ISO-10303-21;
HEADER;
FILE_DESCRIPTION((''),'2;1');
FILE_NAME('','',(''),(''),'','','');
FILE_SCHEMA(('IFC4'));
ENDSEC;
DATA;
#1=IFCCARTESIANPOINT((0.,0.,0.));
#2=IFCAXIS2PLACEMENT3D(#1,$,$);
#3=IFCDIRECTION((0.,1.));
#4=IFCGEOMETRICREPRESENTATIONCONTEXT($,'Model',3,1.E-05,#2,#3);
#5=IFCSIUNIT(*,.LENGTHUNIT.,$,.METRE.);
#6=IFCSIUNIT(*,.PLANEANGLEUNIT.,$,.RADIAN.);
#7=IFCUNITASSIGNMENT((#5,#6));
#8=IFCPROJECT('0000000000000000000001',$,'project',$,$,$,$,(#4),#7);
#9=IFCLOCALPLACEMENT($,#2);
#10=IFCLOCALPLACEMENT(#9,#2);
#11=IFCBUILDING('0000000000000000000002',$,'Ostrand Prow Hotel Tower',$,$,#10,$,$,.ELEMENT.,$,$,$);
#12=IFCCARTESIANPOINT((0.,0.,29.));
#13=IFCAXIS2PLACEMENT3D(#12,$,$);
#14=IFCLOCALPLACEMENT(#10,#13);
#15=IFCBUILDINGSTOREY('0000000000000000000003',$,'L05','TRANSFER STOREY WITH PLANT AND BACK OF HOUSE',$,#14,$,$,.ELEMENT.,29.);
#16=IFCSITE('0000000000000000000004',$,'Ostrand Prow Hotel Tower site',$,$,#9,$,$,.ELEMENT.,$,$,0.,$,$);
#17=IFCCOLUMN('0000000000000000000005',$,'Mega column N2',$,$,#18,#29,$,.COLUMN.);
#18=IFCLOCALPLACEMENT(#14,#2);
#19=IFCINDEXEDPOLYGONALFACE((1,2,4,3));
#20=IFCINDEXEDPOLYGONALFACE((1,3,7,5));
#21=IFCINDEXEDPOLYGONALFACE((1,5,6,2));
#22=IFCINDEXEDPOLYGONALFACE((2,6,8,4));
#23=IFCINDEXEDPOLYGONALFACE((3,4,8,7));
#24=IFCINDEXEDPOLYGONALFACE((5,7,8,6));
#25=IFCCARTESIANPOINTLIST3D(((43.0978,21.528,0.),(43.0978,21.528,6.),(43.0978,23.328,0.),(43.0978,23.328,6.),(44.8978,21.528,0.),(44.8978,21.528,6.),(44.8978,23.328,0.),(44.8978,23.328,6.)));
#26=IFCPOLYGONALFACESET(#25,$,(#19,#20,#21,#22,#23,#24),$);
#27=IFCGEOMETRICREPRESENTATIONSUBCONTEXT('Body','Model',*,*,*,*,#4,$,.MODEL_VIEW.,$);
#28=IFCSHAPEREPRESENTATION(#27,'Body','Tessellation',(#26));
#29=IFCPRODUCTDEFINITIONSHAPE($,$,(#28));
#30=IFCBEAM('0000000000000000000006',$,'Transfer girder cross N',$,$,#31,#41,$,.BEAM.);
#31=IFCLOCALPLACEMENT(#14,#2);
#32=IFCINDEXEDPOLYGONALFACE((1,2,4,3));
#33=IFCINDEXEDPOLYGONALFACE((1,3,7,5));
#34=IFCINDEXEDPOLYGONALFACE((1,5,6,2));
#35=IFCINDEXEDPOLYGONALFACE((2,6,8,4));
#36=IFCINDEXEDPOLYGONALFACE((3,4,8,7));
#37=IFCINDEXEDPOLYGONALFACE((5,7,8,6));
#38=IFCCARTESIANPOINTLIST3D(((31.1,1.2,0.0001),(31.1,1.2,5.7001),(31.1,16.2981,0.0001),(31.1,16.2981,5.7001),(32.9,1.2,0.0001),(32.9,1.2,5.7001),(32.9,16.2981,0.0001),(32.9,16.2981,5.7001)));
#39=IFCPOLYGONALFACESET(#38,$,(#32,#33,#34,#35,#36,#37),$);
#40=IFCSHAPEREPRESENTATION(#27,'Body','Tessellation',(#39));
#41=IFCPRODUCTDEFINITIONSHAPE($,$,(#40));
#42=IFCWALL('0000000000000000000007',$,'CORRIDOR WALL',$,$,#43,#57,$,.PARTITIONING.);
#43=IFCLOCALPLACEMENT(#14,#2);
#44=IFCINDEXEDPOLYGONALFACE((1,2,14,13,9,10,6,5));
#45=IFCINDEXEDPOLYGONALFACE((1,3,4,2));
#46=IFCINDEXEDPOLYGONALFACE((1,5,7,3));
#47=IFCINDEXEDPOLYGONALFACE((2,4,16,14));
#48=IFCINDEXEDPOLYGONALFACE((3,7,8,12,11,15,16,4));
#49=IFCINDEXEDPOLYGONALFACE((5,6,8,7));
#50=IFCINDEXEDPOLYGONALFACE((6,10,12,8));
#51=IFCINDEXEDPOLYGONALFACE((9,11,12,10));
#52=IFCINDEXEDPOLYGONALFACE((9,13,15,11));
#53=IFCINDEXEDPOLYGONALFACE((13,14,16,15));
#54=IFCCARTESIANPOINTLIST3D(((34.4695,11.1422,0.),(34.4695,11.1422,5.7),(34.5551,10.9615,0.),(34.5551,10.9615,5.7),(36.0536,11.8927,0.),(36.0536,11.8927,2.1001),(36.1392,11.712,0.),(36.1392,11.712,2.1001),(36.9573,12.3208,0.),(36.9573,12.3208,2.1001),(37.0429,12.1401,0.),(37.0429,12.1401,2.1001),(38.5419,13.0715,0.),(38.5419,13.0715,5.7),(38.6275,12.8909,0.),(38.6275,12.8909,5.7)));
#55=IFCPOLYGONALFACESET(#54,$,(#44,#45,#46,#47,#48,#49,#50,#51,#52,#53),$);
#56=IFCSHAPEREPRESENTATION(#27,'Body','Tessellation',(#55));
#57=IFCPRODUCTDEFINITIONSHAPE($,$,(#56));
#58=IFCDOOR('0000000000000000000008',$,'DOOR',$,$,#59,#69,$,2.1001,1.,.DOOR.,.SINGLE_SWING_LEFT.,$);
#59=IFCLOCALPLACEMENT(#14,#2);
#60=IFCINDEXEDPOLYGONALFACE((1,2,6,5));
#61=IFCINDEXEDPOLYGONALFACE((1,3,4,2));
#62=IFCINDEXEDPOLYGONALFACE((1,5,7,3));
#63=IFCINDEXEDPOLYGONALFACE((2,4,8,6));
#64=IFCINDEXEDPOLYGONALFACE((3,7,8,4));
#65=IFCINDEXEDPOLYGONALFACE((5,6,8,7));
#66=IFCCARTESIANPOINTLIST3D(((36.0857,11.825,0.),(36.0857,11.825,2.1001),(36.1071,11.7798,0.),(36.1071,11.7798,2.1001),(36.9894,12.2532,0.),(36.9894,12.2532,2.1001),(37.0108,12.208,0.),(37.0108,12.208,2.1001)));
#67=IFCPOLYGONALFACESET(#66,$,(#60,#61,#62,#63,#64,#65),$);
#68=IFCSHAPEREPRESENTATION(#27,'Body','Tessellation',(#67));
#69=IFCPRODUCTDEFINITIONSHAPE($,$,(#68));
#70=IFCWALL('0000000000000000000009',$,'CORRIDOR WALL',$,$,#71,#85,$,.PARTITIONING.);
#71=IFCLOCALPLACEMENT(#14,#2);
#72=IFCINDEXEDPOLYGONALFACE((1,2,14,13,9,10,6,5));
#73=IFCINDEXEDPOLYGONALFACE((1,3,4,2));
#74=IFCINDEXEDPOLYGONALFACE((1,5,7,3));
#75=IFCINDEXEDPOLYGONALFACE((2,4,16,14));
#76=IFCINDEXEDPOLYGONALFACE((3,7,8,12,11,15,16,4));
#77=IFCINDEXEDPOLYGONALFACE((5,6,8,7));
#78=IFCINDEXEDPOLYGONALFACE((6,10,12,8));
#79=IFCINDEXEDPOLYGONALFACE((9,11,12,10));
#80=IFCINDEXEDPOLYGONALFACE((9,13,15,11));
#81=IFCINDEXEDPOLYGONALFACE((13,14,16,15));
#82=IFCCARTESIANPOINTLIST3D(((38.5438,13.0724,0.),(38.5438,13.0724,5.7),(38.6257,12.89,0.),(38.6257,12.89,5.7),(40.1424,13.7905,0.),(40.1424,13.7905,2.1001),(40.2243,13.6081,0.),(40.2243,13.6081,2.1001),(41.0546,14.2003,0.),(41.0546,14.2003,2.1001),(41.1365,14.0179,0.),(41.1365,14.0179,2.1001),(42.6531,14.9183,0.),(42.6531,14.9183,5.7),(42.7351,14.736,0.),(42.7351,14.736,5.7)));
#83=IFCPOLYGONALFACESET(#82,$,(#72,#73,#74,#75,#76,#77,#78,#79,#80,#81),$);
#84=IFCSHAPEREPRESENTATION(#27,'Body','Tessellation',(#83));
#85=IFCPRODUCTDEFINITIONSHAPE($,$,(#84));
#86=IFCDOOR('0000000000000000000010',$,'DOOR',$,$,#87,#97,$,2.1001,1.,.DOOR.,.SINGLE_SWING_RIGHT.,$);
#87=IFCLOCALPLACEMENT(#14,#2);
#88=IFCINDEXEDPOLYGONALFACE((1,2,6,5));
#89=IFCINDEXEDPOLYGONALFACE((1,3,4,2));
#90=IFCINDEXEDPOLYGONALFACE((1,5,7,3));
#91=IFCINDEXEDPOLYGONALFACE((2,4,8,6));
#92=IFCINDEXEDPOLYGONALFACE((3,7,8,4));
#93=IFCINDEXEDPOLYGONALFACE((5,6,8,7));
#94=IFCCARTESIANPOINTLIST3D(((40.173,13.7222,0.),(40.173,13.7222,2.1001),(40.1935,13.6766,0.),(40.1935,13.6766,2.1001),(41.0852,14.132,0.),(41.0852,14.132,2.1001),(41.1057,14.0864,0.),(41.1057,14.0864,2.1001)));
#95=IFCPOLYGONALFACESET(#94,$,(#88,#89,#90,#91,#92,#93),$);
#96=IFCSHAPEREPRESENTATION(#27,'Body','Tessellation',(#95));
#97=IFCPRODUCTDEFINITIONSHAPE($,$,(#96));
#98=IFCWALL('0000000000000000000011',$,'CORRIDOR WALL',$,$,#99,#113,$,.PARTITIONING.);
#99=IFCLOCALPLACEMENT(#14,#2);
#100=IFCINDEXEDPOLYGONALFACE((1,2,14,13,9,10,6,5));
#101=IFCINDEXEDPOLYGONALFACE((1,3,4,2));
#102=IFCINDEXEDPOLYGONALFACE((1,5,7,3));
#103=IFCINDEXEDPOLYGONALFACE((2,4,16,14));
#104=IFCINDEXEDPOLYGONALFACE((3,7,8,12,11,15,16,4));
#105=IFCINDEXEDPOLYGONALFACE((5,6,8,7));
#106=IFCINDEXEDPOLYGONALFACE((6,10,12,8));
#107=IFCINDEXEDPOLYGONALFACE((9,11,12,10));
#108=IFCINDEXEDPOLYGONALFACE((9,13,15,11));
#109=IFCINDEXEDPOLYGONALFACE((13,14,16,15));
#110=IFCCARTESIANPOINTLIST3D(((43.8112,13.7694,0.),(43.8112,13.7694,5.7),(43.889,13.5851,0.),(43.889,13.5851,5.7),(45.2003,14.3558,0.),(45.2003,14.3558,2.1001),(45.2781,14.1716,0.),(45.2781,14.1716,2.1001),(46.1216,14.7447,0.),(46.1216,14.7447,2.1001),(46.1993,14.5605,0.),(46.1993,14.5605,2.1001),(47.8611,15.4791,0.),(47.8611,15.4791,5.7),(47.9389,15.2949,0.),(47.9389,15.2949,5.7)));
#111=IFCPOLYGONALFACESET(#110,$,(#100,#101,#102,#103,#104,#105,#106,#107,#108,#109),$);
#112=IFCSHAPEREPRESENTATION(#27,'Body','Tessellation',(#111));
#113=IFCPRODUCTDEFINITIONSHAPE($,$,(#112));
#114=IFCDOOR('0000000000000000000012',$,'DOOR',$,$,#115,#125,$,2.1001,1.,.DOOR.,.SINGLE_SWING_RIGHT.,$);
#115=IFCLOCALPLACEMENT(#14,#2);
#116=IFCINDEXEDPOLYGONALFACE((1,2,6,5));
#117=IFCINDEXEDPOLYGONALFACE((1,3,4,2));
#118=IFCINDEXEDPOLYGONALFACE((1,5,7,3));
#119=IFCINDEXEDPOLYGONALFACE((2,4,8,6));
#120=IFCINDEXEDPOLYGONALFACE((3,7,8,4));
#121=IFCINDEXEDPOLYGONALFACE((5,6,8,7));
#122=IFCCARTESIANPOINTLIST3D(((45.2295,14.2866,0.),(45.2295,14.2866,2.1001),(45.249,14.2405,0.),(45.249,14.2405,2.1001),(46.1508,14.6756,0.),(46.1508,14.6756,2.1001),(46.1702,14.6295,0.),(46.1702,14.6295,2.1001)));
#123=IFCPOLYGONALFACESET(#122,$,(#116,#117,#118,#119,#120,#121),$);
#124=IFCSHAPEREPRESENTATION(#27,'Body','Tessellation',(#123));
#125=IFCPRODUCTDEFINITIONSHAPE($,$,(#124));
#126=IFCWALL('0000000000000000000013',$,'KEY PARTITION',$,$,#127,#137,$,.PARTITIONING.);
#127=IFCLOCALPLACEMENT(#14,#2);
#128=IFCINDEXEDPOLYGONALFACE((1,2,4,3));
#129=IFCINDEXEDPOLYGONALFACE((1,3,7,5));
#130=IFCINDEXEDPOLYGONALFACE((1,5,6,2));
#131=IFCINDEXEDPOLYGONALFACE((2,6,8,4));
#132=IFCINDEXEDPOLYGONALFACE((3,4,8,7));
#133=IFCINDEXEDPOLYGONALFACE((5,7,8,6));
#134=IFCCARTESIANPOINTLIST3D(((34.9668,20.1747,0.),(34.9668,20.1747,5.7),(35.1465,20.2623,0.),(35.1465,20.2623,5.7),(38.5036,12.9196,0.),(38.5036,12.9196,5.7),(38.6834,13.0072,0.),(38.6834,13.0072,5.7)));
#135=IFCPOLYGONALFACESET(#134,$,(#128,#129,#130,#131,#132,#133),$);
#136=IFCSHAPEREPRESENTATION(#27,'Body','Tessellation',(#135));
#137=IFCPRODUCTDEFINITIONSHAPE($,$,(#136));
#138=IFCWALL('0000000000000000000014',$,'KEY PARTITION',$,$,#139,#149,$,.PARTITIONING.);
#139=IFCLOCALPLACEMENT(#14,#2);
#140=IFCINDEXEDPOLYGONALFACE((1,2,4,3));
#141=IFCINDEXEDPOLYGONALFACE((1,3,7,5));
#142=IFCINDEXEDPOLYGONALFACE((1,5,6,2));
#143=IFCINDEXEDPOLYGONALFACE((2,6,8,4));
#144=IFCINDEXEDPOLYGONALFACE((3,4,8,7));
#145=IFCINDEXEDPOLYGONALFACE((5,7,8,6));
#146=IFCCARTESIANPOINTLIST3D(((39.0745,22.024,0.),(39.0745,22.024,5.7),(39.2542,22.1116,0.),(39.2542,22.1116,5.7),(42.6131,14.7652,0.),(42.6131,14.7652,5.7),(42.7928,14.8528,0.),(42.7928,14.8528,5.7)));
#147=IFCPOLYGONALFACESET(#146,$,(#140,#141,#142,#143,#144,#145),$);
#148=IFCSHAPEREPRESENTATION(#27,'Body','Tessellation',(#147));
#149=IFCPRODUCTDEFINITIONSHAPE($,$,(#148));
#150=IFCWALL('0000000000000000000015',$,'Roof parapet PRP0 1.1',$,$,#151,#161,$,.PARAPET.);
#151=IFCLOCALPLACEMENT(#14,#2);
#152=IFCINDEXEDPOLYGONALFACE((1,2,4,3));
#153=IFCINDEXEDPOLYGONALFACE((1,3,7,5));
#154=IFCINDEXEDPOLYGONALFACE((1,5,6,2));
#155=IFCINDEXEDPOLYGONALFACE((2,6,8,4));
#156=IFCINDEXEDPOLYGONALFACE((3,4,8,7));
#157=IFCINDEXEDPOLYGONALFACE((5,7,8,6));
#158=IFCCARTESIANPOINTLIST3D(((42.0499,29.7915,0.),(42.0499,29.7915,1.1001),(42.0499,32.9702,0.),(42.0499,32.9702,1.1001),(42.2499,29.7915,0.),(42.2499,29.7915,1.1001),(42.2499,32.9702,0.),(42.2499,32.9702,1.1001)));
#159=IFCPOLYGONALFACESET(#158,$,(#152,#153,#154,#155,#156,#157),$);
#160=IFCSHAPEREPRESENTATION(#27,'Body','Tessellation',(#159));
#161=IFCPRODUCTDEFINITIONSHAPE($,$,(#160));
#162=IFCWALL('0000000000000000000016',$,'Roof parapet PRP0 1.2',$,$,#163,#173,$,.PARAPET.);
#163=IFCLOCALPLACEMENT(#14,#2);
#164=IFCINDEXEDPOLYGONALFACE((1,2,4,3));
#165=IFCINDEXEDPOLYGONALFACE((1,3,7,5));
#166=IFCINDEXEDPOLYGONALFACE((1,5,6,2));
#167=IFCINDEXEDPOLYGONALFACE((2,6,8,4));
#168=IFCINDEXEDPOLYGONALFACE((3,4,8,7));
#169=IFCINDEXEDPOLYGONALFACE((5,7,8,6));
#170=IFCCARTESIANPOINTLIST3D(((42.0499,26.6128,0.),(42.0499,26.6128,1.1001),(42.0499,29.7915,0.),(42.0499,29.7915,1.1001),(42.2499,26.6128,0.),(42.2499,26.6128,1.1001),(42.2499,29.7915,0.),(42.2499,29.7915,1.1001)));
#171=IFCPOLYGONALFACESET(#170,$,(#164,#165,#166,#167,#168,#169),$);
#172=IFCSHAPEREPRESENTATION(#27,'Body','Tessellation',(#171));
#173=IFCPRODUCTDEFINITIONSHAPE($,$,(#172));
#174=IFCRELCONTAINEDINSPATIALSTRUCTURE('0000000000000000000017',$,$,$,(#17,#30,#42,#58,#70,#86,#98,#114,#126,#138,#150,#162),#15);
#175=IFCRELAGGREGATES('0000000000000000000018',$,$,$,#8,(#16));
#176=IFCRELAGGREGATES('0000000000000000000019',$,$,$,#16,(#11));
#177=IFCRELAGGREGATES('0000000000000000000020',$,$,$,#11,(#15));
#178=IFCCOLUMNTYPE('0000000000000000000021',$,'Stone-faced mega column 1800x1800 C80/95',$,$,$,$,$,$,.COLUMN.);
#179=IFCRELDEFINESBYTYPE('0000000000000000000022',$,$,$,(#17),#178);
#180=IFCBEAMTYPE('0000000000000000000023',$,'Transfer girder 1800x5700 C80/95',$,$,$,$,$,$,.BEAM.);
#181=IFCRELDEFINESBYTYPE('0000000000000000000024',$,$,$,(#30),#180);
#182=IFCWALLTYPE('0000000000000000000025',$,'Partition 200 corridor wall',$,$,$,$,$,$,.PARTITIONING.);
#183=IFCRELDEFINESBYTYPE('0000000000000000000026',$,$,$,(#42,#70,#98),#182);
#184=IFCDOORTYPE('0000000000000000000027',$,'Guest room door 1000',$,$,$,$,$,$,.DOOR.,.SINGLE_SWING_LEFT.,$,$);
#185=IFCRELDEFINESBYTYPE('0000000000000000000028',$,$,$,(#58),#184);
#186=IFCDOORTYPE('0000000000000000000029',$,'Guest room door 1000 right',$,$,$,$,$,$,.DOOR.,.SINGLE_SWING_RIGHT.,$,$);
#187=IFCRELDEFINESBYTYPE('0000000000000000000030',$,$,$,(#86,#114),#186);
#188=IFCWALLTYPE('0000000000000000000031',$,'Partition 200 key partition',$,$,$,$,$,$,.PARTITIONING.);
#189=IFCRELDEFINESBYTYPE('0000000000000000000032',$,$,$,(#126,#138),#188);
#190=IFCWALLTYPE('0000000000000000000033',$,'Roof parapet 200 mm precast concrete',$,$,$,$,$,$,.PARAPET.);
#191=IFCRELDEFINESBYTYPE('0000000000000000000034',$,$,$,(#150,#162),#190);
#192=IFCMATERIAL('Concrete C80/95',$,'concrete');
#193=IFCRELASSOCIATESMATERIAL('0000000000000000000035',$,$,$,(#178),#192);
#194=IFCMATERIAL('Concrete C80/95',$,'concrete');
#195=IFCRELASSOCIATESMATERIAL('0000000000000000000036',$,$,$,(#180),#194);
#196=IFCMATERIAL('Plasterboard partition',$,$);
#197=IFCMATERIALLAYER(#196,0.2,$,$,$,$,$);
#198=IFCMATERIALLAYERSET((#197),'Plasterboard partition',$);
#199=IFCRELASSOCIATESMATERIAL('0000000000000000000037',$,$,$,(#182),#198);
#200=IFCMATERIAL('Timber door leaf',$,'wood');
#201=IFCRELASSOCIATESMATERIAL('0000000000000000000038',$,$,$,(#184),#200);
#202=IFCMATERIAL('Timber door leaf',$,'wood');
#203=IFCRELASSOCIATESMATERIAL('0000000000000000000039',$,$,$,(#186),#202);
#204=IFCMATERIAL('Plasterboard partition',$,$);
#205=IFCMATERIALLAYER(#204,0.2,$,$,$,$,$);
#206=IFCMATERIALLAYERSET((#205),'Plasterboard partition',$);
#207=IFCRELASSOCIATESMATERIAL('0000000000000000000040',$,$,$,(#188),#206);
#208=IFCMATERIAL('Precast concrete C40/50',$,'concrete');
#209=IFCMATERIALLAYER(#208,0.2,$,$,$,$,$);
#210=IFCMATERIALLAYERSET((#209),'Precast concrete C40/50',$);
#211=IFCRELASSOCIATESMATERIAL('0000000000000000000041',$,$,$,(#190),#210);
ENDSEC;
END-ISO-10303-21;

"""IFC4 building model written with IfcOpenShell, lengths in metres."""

from ifc_helpers import new_model, si_unit, direction, frame, frame_2d, origin, origin_2d, place, context, subcontext, project, spatial, rectangle, extrude, material, layer, layer_set, material_profile, profile_set, type_object, element, fill, save


model = new_model("IFC4")

# Units and contexts
model_context = context("Model", 3, precision=1e-05, world=origin(), true_north=direction((0.0, 1.0)))
body_context = subcontext(model_context, "Body", "Model", "MODEL_VIEW")
ifc_project = project(units=[si_unit("LENGTHUNIT", "METRE"), si_unit("PLANEANGLEUNIT", "RADIAN")], contexts=[model_context])

# Site, building, storey
site_placement = place(None, origin())
site = spatial("IfcSite", under=ifc_project, at=site_placement, Name="Ostrand Prow Hotel Tower site", CompositionType="ELEMENT", RefElevation=0.0)
building_placement = place(site_placement, origin())
building = spatial("IfcBuilding", under=site, at=building_placement, Name="Ostrand Prow Hotel Tower", CompositionType="ELEMENT")
storey_placement = place(building_placement, frame((0.0, 0.0, 29.0)))
storey = spatial("IfcBuildingStorey", under=building, at=storey_placement, Name="L05", Description="TRANSFER STOREY WITH PLANT AND BACK OF HOUSE", CompositionType="ELEMENT", Elevation=29.0)

# Column
ifc_material_1 = material(Name="Concrete C80/95", Category="concrete")
ifc_material_profile_1 = material_profile(ifc_material_1, rectangle(XDim=1.8, YDim=1.8, at=origin_2d()), Name="RC 1800x1800")
ifc_profile_set_1 = profile_set([ifc_material_profile_1], Name="Concrete C80/95")
column_type = type_object("IfcColumnType", Name="Stone-faced mega column 1800x1800 C80/95", PredefinedType="COLUMN", material=ifc_profile_set_1)
column_placement = place(storey_placement, frame((43.9978, 22.428, 0.0), z_axis=(0.0, 0.0, 1.0), x_axis=(1.0, 0.0, 0.0)))
element("IfcColumn", 1, at=column_placement, inside=storey, type_object=column_type, Name="Mega column N2", PredefinedType="COLUMN", context=body_context, shape_type="SweptSolid", body=[
    extrude(rectangle(XDim=1.8, YDim=1.8, at=origin_2d()), origin(), (0.0, 0.0, 1.0), 6.0),
])

# Beam
ifc_material_2 = material(Name="Concrete C80/95", Category="concrete")
ifc_material_profile_2 = material_profile(ifc_material_2, rectangle(XDim=1.8, YDim=5.7, at=origin_2d()), Name="RC 1800x5700")
ifc_profile_set_2 = profile_set([ifc_material_profile_2], Name="Concrete C80/95")
beam_type = type_object("IfcBeamType", Name="Transfer girder 1800x5700 C80/95", PredefinedType="BEAM", material=ifc_profile_set_2)
beam_placement = place(storey_placement, frame((32.0, 16.2981, 2.8501), z_axis=(0.0, -1.0, 0.0), x_axis=(1.0, 0.0, 0.0)))
element("IfcBeam", 2, at=beam_placement, inside=storey, type_object=beam_type, Name="Transfer girder cross N", PredefinedType="BEAM", context=body_context, shape_type="SweptSolid", body=[
    extrude(rectangle(XDim=1.8, YDim=5.7, at=origin_2d()), origin(), (0.0, 0.0, 1.0), 15.0981),
])

# Walls, openings, doors
ifc_material_3 = material(Name="Plasterboard partition")
ifc_layer_1 = layer(ifc_material_3, 0.2)
ifc_layer_set_1 = layer_set([ifc_layer_1], Name="Plasterboard partition")
wall_type_1 = type_object("IfcWallType", Name="Partition 200 corridor wall", PredefinedType="PARTITIONING", material=ifc_layer_set_1)
wall_1_placement = place(storey_placement, frame((38.5847, 12.9812, 0.0), z_axis=(0.0, 0.0, 1.0), x_axis=(-0.903707, -0.428152, 0.0)))
wall_1 = element("IfcWall", 3, at=wall_1_placement, inside=storey, type_object=wall_type_1, Name="CORRIDOR WALL", PredefinedType="PARTITIONING", context=body_context, shape_type="SweptSolid", body=[
    extrude(rectangle(XDim=4.5063, YDim=0.2, at=frame_2d((2.2532, 0.0))), origin(), (0.0, 0.0, 1.0), 5.7),
])
opening_1_placement = place(wall_1_placement, frame((1.7534, 0.0, 0.0)))
opening_1 = element("IfcOpeningElement", 4, at=opening_1_placement, cuts=wall_1, PredefinedType="OPENING", context=body_context, shape_type="SweptSolid", body=[
    extrude(rectangle(XDim=1.0, YDim=2.1001, at=frame_2d((0.5, 1.05))), frame((0.0, 0.1099, 0.0), z_axis=(0.0, -1.0, 0.0), x_axis=(1.0, 0.0, 0.0)), (0.0, 0.0, 1.0), 0.22),
])
ifc_material_4 = material(Name="Timber door leaf", Category="wood")
door_type_1 = type_object("IfcDoorType", Name="Guest room door 1000", OperationType="SINGLE_SWING_LEFT", PredefinedType="DOOR", material=ifc_material_4)
door_1_placement = place(opening_1_placement, origin())
door_1 = element("IfcDoor", 5, at=door_1_placement, inside=storey, type_object=door_type_1, Name="DOOR", OperationType="SINGLE_SWING_LEFT", OverallHeight=2.1001, OverallWidth=1.0, PredefinedType="DOOR", context=body_context, shape_type="SweptSolid", body=[
    extrude(rectangle(XDim=1.0, YDim=2.1001, at=frame_2d((0.5, 1.05))), frame((0.0, 0.0249, 0.0), z_axis=(0.0, -1.0, 0.0), x_axis=(1.0, 0.0, 0.0)), (0.0, 0.0, 1.0), 0.05),
])
fill(opening_1, door_1)
wall_2_placement = place(storey_placement, frame((42.6941, 14.8271, 0.0), z_axis=(0.0, 0.0, 1.0), x_axis=(-0.912193, -0.409761, 0.0)))
wall_2 = element("IfcWall", 6, at=wall_2_placement, inside=storey, type_object=wall_type_1, Name="CORRIDOR WALL", PredefinedType="PARTITIONING", context=body_context, shape_type="SweptSolid", body=[
    extrude(rectangle(XDim=4.5049, YDim=0.2, at=frame_2d((2.2524, 0.0))), origin(), (0.0, 0.0, 1.0), 5.7),
])
opening_2_placement = place(wall_2_placement, frame((1.7524, 0.0, 0.0)))
opening_2 = element("IfcOpeningElement", 7, at=opening_2_placement, cuts=wall_2, PredefinedType="OPENING", context=body_context, shape_type="SweptSolid", body=[
    extrude(rectangle(XDim=1.0, YDim=2.1001, at=frame_2d((0.5, 1.05))), frame((0.0, 0.1099, 0.0), z_axis=(0.0, -1.0, 0.0), x_axis=(1.0, 0.0, 0.0)), (0.0, 0.0, 1.0), 0.22),
])
ifc_material_5 = material(Name="Timber door leaf", Category="wood")
door_type_2 = type_object("IfcDoorType", Name="Guest room door 1000 right", OperationType="SINGLE_SWING_RIGHT", PredefinedType="DOOR", material=ifc_material_5)
door_2_placement = place(opening_2_placement, origin())
door_2 = element("IfcDoor", 8, at=door_2_placement, inside=storey, type_object=door_type_2, Name="DOOR", OperationType="SINGLE_SWING_RIGHT", OverallHeight=2.1001, OverallWidth=1.0, PredefinedType="DOOR", context=body_context, shape_type="SweptSolid", body=[
    extrude(rectangle(XDim=1.0, YDim=2.1001, at=frame_2d((0.5, 1.05))), frame((0.0, 0.0249, 0.0), z_axis=(0.0, -1.0, 0.0), x_axis=(1.0, 0.0, 0.0)), (0.0, 0.0, 1.0), 0.05),
])
fill(opening_2, door_2)
wall_3_placement = place(storey_placement, frame((43.8501, 13.6772, 0.0), z_axis=(0.0, 0.0, 1.0), x_axis=(0.921266, 0.388933, 0.0)))
wall_3 = element("IfcWall", 9, at=wall_3_placement, inside=storey, type_object=wall_type_1, Name="CORRIDOR WALL", PredefinedType="PARTITIONING", context=body_context, shape_type="SweptSolid", body=[
    extrude(rectangle(XDim=4.396, YDim=0.2, at=frame_2d((2.198, 0.0))), origin(), (0.0, 0.0, 1.0), 5.7),
])
opening_3_placement = place(wall_3_placement, frame((1.5078, 0.0, 0.0)))
opening_3 = element("IfcOpeningElement", 10, at=opening_3_placement, cuts=wall_3, PredefinedType="OPENING", context=body_context, shape_type="SweptSolid", body=[
    extrude(rectangle(XDim=1.0, YDim=2.1001, at=frame_2d((0.5, 1.05))), frame((0.0, 0.1099, 0.0), z_axis=(0.0, -1.0, 0.0), x_axis=(1.0, 0.0, 0.0)), (0.0, 0.0, 1.0), 0.22),
])
door_3_placement = place(opening_3_placement, origin())
door_3 = element("IfcDoor", 11, at=door_3_placement, inside=storey, type_object=door_type_2, Name="DOOR", OperationType="SINGLE_SWING_RIGHT", OverallHeight=2.1001, OverallWidth=1.0, PredefinedType="DOOR", context=body_context, shape_type="SweptSolid", body=[
    extrude(rectangle(XDim=1.0, YDim=2.1001, at=frame_2d((0.5, 1.05))), frame((0.0, 0.0249, 0.0), z_axis=(0.0, -1.0, 0.0), x_axis=(1.0, 0.0, 0.0)), (0.0, 0.0, 1.0), 0.05),
])
fill(opening_3, door_3)

# Walls
ifc_material_6 = material(Name="Plasterboard partition")
ifc_layer_2 = layer(ifc_material_6, 0.2)
ifc_layer_set_2 = layer_set([ifc_layer_2], Name="Plasterboard partition")
wall_type_2 = type_object("IfcWallType", Name="Partition 200 key partition", PredefinedType="PARTITIONING", material=ifc_layer_set_2)
wall_4_placement = place(storey_placement, frame((38.5935, 12.9634, 0.0), z_axis=(0.0, 0.0, 1.0), x_axis=(-0.438201, 0.898877, 0.0)))
element("IfcWall", 12, at=wall_4_placement, inside=storey, type_object=wall_type_2, Name="KEY PARTITION", PredefinedType="PARTITIONING", context=body_context, shape_type="SweptSolid", body=[
    extrude(rectangle(XDim=8.0713, YDim=0.2, at=frame_2d((4.0356, 0.0))), origin(), (0.0, 0.0, 1.0), 5.7),
])
wall_5_placement = place(storey_placement, frame((42.7029, 14.8091, 0.0), z_axis=(0.0, 0.0, 1.0), x_axis=(-0.438194, 0.898881, 0.0)))
element("IfcWall", 13, at=wall_5_placement, inside=storey, type_object=wall_type_2, Name="KEY PARTITION", PredefinedType="PARTITIONING", context=body_context, shape_type="SweptSolid", body=[
    extrude(rectangle(XDim=8.0754, YDim=0.2, at=frame_2d((4.0376, 0.0))), origin(), (0.0, 0.0, 1.0), 5.7),
])
ifc_material_7 = material(Name="Precast concrete C40/50", Category="concrete")
ifc_layer_3 = layer(ifc_material_7, 0.2)
ifc_layer_set_3 = layer_set([ifc_layer_3], Name="Precast concrete C40/50")
wall_type_3 = type_object("IfcWallType", Name="Roof parapet 200 mm precast concrete", PredefinedType="PARAPET", material=ifc_layer_set_3)
for number, where, z_axis, x_axis, name in (
    (14, (42.1499, 32.9702, 0.0), (0.0, 0.0, 1.0), (0.0, -1.0, 0.0), "Roof parapet PRP0 1.1"),
    (15, (42.1499, 29.7915, 0.0), (0.0, 0.0, 1.0), (0.0, -1.0, 0.0), "Roof parapet PRP0 1.2"),
):
    element("IfcWall", number, at=place(storey_placement, frame(where, z_axis=z_axis, x_axis=x_axis)), inside=storey, type_object=wall_type_3, Name=name, PredefinedType="PARAPET", context=body_context, shape_type="SweptSolid", body=[
        extrude(rectangle(XDim=3.1787, YDim=0.2, at=frame_2d((1.5894, 0.0))), origin(), (0.0, 0.0, 1.0), 1.1001),
    ])

save(model, "model.ifc")
